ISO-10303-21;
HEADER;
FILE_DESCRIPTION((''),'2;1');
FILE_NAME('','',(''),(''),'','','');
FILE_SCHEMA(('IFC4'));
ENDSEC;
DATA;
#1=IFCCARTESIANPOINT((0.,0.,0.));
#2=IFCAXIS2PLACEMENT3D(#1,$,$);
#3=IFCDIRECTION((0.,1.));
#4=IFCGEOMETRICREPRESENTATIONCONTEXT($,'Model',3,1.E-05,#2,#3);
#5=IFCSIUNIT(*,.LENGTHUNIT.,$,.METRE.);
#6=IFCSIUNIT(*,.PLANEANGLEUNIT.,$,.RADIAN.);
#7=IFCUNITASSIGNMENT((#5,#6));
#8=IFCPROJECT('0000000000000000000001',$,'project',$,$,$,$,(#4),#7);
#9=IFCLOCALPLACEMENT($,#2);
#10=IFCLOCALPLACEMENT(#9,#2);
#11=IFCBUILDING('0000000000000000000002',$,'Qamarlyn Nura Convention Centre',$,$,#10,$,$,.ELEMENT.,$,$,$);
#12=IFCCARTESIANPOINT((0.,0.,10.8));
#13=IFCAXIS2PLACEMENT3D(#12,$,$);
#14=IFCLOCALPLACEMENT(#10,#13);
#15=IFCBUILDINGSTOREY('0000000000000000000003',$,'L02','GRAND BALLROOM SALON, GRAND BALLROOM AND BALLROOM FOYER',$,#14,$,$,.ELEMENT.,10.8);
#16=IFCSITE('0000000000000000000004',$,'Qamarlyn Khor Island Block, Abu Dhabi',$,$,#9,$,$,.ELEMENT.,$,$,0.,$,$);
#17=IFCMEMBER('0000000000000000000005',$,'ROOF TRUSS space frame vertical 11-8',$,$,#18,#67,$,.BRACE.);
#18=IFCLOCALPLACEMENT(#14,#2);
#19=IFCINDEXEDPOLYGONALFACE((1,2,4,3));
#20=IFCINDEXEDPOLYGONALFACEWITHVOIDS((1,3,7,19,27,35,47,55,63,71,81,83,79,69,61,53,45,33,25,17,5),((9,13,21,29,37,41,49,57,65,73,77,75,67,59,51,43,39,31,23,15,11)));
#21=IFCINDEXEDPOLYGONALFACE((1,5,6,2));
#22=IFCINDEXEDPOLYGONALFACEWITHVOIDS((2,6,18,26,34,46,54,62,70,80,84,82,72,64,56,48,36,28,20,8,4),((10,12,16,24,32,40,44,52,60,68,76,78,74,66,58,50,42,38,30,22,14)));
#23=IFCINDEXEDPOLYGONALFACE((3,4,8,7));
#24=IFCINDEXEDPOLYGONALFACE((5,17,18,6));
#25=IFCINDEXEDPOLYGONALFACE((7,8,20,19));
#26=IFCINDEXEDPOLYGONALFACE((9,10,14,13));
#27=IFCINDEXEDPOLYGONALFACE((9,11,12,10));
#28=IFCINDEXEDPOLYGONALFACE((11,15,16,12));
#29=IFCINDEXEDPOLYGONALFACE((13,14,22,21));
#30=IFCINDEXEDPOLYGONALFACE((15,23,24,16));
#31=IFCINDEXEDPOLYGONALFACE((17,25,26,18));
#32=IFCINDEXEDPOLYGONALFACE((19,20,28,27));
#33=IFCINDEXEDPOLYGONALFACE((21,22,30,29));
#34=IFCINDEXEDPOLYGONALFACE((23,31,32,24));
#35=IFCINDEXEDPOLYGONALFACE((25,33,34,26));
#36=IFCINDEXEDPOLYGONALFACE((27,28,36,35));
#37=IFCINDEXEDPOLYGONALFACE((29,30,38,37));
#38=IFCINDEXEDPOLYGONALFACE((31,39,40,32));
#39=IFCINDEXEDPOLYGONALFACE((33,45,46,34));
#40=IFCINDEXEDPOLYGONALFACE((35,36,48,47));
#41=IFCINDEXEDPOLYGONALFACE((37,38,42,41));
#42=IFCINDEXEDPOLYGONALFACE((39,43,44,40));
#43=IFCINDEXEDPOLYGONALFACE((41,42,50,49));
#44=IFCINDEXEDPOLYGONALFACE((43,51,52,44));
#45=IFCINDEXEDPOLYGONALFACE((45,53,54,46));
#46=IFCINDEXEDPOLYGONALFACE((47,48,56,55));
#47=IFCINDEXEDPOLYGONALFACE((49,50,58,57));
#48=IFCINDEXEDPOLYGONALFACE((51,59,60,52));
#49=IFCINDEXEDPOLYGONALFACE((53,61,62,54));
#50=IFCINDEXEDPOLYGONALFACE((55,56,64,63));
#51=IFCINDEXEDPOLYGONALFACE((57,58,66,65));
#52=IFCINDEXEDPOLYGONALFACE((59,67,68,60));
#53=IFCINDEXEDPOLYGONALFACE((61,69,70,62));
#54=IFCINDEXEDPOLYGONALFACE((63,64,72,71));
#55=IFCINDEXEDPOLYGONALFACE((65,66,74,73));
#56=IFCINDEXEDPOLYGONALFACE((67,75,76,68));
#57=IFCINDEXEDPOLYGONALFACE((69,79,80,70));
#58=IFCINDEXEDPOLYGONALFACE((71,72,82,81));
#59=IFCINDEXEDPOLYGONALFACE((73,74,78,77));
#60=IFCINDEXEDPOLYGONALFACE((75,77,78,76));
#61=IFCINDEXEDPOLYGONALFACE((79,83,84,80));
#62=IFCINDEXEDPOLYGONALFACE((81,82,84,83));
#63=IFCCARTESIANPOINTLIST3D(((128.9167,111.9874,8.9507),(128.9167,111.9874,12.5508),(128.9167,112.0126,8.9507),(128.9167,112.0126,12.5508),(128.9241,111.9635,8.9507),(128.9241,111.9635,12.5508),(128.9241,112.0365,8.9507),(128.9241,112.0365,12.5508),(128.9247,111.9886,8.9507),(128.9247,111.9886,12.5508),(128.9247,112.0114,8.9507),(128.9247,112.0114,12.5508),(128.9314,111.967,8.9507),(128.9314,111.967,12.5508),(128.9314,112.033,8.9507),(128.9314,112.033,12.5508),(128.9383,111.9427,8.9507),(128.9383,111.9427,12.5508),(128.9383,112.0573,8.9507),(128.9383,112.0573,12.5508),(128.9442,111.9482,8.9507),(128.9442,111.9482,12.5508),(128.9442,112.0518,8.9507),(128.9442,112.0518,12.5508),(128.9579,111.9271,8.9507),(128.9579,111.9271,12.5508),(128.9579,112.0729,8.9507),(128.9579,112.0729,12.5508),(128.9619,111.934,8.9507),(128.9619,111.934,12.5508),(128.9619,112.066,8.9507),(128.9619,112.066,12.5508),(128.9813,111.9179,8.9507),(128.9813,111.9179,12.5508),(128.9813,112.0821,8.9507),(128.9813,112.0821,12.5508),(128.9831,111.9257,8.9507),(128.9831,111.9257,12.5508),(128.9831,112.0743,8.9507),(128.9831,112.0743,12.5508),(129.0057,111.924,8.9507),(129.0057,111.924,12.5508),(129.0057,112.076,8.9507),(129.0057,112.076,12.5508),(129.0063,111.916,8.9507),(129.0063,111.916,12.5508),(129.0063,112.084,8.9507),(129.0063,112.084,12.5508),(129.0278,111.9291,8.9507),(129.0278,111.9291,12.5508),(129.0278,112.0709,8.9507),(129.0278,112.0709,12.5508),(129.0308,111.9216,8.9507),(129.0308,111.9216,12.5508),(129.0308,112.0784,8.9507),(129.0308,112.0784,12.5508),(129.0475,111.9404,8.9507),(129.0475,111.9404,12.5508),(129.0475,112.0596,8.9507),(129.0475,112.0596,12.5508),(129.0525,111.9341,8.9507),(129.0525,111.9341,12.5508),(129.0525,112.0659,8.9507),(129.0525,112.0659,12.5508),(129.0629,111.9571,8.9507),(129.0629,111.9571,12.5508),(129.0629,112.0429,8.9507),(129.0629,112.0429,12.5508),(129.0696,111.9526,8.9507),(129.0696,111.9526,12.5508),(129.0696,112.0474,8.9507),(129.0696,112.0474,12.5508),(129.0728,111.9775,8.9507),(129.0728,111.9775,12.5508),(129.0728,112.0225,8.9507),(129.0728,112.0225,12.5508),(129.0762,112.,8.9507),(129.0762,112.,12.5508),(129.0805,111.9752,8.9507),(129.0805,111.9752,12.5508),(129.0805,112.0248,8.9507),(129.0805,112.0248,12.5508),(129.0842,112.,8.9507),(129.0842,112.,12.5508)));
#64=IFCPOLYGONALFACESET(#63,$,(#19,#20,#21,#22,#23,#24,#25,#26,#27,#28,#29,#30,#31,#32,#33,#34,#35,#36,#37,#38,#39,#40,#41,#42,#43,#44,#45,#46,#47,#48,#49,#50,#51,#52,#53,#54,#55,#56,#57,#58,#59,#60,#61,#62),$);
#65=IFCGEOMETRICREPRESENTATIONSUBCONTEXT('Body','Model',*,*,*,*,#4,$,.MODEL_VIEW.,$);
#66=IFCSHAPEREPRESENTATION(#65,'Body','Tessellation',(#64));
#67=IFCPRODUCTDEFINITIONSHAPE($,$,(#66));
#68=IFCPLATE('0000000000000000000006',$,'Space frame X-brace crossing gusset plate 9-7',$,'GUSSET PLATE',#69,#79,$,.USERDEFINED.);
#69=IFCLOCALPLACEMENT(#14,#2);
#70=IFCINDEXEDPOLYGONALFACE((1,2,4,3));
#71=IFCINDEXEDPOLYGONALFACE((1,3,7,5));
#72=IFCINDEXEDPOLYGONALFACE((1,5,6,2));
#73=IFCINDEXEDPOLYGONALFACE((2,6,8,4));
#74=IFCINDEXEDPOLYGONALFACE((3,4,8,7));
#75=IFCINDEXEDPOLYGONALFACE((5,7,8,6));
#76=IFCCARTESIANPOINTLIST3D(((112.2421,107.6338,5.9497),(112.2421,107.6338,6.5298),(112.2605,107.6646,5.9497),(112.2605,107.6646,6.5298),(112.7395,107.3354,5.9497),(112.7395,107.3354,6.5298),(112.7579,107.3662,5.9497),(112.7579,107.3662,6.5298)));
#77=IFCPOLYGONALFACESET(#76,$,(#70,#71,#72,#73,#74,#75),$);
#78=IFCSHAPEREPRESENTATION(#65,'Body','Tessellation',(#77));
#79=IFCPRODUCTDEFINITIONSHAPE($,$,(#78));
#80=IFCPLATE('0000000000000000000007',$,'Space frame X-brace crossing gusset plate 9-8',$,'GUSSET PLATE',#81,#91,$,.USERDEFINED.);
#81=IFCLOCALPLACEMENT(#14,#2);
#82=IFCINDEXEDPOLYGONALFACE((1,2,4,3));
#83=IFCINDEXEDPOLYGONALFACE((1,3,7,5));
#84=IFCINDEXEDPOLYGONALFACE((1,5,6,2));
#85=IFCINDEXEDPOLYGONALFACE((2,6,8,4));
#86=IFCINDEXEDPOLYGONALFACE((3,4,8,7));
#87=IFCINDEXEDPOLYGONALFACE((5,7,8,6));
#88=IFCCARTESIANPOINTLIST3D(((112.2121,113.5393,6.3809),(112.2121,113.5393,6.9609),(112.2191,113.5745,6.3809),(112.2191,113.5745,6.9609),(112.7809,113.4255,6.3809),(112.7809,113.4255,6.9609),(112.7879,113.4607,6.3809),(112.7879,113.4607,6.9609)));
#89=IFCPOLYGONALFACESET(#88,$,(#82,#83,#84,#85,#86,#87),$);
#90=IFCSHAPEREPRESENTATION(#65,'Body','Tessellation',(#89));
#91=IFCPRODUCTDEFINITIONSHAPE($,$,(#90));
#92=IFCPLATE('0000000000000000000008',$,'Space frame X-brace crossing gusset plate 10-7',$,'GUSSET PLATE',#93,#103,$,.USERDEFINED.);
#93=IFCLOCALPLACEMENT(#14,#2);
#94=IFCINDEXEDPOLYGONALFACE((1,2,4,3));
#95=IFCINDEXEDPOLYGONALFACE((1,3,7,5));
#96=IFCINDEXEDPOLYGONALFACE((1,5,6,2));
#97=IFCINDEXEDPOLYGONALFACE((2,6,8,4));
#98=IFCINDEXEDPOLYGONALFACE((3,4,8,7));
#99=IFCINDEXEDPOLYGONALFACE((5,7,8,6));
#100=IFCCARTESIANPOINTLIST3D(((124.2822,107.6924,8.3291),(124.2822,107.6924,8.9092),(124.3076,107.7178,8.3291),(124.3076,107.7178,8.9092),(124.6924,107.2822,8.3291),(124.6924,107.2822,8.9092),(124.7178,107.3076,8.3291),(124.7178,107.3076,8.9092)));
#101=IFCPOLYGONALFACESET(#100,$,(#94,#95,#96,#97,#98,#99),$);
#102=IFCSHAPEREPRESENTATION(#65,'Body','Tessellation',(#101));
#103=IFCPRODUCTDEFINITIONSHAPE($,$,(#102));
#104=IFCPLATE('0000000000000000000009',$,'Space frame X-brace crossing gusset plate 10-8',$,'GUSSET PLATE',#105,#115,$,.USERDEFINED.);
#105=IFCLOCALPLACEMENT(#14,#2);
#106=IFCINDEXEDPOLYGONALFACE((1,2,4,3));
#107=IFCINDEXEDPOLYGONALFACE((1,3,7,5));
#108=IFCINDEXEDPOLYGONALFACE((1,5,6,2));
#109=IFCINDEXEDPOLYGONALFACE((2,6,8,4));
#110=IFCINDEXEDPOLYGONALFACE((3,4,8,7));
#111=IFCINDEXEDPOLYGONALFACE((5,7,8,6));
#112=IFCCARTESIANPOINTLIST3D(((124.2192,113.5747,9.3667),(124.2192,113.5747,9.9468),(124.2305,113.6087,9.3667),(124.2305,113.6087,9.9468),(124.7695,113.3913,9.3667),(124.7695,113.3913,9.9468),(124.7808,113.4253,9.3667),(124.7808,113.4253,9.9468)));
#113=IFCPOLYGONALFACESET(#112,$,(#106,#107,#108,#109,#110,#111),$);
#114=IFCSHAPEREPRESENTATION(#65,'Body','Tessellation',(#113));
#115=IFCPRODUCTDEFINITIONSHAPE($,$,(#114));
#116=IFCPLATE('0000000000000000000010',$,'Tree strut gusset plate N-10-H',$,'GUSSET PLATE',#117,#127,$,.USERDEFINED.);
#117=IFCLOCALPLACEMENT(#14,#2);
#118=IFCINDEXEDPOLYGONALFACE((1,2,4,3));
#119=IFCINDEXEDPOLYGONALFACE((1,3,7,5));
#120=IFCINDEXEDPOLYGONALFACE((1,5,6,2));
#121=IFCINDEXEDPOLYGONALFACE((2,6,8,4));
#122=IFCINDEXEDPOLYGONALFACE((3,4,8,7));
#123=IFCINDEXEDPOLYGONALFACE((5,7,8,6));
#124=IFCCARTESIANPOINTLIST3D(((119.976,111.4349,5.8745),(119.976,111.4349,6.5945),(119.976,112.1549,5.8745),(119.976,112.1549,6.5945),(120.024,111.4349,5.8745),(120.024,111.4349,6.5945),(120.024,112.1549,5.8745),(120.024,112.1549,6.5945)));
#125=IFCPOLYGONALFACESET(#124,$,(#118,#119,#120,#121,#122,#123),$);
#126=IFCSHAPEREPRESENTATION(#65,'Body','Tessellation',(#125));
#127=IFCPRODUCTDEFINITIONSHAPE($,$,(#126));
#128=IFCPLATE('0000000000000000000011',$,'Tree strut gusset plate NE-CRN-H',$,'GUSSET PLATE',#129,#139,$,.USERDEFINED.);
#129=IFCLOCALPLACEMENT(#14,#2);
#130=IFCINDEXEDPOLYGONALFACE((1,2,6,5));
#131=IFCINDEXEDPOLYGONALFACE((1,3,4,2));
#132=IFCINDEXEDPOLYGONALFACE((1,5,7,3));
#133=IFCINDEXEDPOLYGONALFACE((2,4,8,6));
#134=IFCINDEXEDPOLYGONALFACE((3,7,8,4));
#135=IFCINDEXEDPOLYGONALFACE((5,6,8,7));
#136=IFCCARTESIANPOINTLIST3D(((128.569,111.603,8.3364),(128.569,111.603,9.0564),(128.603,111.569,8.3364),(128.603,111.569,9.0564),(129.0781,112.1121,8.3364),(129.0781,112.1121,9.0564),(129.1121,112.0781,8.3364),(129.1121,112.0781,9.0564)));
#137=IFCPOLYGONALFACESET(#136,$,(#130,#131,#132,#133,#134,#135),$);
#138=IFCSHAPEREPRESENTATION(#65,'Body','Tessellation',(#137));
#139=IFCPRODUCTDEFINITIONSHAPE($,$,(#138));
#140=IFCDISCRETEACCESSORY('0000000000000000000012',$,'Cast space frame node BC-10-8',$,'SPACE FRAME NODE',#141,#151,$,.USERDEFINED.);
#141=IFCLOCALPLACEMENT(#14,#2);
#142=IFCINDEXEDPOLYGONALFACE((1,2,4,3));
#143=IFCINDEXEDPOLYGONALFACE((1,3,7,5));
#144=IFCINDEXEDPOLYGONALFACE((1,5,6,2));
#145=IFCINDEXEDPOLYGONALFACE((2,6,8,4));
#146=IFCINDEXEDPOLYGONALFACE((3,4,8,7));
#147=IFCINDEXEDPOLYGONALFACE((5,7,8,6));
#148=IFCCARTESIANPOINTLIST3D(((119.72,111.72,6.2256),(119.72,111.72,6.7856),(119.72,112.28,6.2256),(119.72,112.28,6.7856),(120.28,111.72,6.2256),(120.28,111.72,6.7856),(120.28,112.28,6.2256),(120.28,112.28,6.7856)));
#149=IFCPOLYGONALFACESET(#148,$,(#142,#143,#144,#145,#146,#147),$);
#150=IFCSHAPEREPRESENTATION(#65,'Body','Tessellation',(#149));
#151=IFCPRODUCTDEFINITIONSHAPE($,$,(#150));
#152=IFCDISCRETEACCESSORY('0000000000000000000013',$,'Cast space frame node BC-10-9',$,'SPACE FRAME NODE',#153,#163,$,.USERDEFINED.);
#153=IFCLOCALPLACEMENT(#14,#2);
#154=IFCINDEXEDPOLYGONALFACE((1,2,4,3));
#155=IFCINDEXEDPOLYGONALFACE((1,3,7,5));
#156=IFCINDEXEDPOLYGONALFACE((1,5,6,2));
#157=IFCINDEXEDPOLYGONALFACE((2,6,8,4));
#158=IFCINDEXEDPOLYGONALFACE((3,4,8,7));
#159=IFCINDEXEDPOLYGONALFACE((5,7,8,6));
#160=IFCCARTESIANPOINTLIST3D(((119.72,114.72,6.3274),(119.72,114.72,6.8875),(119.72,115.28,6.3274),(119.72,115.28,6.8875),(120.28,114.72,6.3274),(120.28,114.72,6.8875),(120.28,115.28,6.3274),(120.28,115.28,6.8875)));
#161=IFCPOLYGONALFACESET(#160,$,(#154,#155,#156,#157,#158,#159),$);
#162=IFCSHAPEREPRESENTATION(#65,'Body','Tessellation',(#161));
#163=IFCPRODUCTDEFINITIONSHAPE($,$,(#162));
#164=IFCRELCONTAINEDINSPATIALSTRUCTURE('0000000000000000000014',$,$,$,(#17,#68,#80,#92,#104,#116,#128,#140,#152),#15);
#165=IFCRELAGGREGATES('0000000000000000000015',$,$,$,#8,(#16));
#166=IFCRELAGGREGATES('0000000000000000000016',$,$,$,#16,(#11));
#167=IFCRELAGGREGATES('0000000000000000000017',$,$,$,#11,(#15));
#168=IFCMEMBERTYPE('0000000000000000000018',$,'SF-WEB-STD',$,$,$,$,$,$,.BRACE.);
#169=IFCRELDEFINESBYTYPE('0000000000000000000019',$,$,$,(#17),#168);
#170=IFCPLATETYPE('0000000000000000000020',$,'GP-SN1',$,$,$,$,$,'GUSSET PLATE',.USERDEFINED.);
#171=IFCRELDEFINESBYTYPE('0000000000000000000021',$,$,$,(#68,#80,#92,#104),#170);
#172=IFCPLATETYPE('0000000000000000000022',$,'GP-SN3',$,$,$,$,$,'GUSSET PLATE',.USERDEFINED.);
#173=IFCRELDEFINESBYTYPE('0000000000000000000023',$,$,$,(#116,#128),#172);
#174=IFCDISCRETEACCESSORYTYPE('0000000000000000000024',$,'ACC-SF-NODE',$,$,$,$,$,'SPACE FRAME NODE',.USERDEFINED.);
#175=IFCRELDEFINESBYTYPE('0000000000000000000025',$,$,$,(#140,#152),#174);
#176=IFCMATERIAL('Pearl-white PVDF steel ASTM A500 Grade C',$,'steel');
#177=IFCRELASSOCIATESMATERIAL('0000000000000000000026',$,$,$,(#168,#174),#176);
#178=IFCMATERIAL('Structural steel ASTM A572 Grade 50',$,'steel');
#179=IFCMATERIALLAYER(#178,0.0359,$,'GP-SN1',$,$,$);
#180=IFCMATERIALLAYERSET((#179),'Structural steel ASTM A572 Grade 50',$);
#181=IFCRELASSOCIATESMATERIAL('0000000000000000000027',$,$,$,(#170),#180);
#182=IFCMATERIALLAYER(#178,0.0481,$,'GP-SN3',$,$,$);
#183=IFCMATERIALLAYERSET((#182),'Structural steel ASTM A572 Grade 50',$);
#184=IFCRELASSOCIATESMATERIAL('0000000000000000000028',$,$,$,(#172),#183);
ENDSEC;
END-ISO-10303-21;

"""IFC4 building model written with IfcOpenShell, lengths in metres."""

from ifc_helpers import new_model, si_unit, direction, frame, origin, origin_2d, place, context, subcontext, project, spatial, rectangle, hollow_circle, extrude, material, layer, layer_set, material_profile, profile_set, type_object, element, save


model = new_model("IFC4")

# Units and contexts
model_context = context("Model", 3, precision=1e-05, world=origin(), true_north=direction((0.0, 1.0)))
body_context = subcontext(model_context, "Body", "Model", "MODEL_VIEW")
ifc_project = project(units=[si_unit("LENGTHUNIT", "METRE"), si_unit("PLANEANGLEUNIT", "RADIAN")], contexts=[model_context])

# Site, building, storey
site_placement = place(None, origin())
site = spatial("IfcSite", under=ifc_project, at=site_placement, Name="Qamarlyn Khor Island Block, Abu Dhabi", CompositionType="ELEMENT", RefElevation=0.0)
building_placement = place(site_placement, origin())
building = spatial("IfcBuilding", under=site, at=building_placement, Name="Qamarlyn Nura Convention Centre", CompositionType="ELEMENT")
storey_placement = place(building_placement, frame((0.0, 0.0, 10.8)))
storey = spatial("IfcBuildingStorey", under=building, at=storey_placement, Name="L02", Description="GRAND BALLROOM SALON, GRAND BALLROOM AND BALLROOM FOYER", CompositionType="ELEMENT", Elevation=10.8)

# Member
ifc_material_1 = material(Name="Pearl-white PVDF steel ASTM A500 Grade C", Category="steel")
ifc_material_profile_1 = material_profile(ifc_material_1, hollow_circle(Radius=0.0842, WallThickness=0.0081, at=origin_2d()), Name="CHS168.3X8")
ifc_profile_set_1 = profile_set([ifc_material_profile_1], Name="Pearl-white PVDF steel ASTM A500 Grade C")
member_type_1 = type_object("IfcMemberType", Name="SF-WEB-STD", PredefinedType="BRACE", material=ifc_profile_set_1)
member_1_placement = place(storey_placement, frame((129.0, 112.0, 8.9507), z_axis=(0.0, 0.0, 1.0), x_axis=(1.0, 0.0, 0.0)))
element("IfcMember", 1, at=member_1_placement, inside=storey, type_object=member_type_1, Name="ROOF TRUSS space frame vertical 11-8", PredefinedType="BRACE", context=body_context, shape_type="SweptSolid", body=[
    extrude(hollow_circle(Radius=0.0842, WallThickness=0.0081, at=origin_2d()), origin(), (0.0, 0.0, 1.0), 3.6001),
])

# Plates
ifc_material_2 = material(Name="Structural steel ASTM A572 Grade 50", Category="steel")
ifc_layer_1 = layer(ifc_material_2, 0.0359, Name="GP-SN1")
ifc_layer_set_1 = layer_set([ifc_layer_1], Name="Structural steel ASTM A572 Grade 50")
plate_type_1 = type_object("IfcPlateType", Name="GP-SN1", ElementType="GUSSET PLATE", PredefinedType="USERDEFINED", material=ifc_layer_set_1)
for number, where, z_axis, x_axis, name in (
    (2, (112.5, 107.5, 5.9497), (0.0, 0.0, 1.0), (-0.857493, 0.514496, 0.0), "Space frame X-brace crossing gusset plate 9-7"),
    (3, (112.5, 113.5, 6.3809), (0.0, 0.0, 1.0), (-0.980581, 0.196116, 0.0), "Space frame X-brace crossing gusset plate 9-8"),
    (4, (124.5, 107.5, 8.3291), (0.0, 0.0, 1.0), (-0.707107, 0.707107, 0.0), "Space frame X-brace crossing gusset plate 10-7"),
    (5, (124.5, 113.5, 9.3667), (0.0, 0.0, 1.0), (-0.948684, 0.316227, 0.0), "Space frame X-brace crossing gusset plate 10-8"),
):
    element("IfcPlate", number, at=place(storey_placement, frame(where, z_axis=z_axis, x_axis=x_axis)), inside=storey, type_object=plate_type_1, Name=name, ObjectType="GUSSET PLATE", PredefinedType="USERDEFINED", context=body_context, shape_type="SweptSolid", body=[
        extrude(rectangle(XDim=0.5801, YDim=0.0359, at=origin_2d()), origin(), (0.0, 0.0, 1.0), 0.5801),
    ])
ifc_layer_2 = layer(ifc_material_2, 0.0481, Name="GP-SN3")
ifc_layer_set_2 = layer_set([ifc_layer_2], Name="Structural steel ASTM A572 Grade 50")
plate_type_2 = type_object("IfcPlateType", Name="GP-SN3", ElementType="GUSSET PLATE", PredefinedType="USERDEFINED", material=ifc_layer_set_2)
for number, where, z_axis, x_axis, name in (
    (6, (120.0, 111.7949, 5.8745), (0.0, 0.0, 1.0), (0.0, 1.0, 0.0), "Tree strut gusset plate N-10-H"),
    (7, (128.8406, 111.8406, 8.3364), (0.0, 0.0, 1.0), (0.707107, 0.707107, 0.0), "Tree strut gusset plate NE-CRN-H"),
):
    element("IfcPlate", number, at=place(storey_placement, frame(where, z_axis=z_axis, x_axis=x_axis)), inside=storey, type_object=plate_type_2, Name=name, ObjectType="GUSSET PLATE", PredefinedType="USERDEFINED", context=body_context, shape_type="SweptSolid", body=[
        extrude(rectangle(XDim=0.72, YDim=0.0481, at=origin_2d()), origin(), (0.0, 0.0, 1.0), 0.72),
    ])

# Discrete accessories
discrete_accessory_type = type_object("IfcDiscreteAccessoryType", Name="ACC-SF-NODE", ElementType="SPACE FRAME NODE", PredefinedType="USERDEFINED", material=ifc_material_1)
for number, where, z_axis, x_axis, name in (
    (8, (120.0, 112.0, 6.2256), (0.0, 0.0, 1.0), (1.0, 0.0, 0.0), "Cast space frame node BC-10-8"),
    (9, (120.0, 115.0, 6.3274), (0.0, 0.0, 1.0), (1.0, 0.0, 0.0), "Cast space frame node BC-10-9"),
):
    element("IfcDiscreteAccessory", number, at=place(storey_placement, frame(where, z_axis=z_axis, x_axis=x_axis)), inside=storey, type_object=discrete_accessory_type, Name=name, ObjectType="SPACE FRAME NODE", PredefinedType="USERDEFINED", context=body_context, shape_type="SweptSolid", body=[
        extrude(rectangle(XDim=0.5601, YDim=0.5601, at=origin_2d()), origin(), (0.0, 0.0, 1.0), 0.5601),
    ])

save(model, "model.ifc")
